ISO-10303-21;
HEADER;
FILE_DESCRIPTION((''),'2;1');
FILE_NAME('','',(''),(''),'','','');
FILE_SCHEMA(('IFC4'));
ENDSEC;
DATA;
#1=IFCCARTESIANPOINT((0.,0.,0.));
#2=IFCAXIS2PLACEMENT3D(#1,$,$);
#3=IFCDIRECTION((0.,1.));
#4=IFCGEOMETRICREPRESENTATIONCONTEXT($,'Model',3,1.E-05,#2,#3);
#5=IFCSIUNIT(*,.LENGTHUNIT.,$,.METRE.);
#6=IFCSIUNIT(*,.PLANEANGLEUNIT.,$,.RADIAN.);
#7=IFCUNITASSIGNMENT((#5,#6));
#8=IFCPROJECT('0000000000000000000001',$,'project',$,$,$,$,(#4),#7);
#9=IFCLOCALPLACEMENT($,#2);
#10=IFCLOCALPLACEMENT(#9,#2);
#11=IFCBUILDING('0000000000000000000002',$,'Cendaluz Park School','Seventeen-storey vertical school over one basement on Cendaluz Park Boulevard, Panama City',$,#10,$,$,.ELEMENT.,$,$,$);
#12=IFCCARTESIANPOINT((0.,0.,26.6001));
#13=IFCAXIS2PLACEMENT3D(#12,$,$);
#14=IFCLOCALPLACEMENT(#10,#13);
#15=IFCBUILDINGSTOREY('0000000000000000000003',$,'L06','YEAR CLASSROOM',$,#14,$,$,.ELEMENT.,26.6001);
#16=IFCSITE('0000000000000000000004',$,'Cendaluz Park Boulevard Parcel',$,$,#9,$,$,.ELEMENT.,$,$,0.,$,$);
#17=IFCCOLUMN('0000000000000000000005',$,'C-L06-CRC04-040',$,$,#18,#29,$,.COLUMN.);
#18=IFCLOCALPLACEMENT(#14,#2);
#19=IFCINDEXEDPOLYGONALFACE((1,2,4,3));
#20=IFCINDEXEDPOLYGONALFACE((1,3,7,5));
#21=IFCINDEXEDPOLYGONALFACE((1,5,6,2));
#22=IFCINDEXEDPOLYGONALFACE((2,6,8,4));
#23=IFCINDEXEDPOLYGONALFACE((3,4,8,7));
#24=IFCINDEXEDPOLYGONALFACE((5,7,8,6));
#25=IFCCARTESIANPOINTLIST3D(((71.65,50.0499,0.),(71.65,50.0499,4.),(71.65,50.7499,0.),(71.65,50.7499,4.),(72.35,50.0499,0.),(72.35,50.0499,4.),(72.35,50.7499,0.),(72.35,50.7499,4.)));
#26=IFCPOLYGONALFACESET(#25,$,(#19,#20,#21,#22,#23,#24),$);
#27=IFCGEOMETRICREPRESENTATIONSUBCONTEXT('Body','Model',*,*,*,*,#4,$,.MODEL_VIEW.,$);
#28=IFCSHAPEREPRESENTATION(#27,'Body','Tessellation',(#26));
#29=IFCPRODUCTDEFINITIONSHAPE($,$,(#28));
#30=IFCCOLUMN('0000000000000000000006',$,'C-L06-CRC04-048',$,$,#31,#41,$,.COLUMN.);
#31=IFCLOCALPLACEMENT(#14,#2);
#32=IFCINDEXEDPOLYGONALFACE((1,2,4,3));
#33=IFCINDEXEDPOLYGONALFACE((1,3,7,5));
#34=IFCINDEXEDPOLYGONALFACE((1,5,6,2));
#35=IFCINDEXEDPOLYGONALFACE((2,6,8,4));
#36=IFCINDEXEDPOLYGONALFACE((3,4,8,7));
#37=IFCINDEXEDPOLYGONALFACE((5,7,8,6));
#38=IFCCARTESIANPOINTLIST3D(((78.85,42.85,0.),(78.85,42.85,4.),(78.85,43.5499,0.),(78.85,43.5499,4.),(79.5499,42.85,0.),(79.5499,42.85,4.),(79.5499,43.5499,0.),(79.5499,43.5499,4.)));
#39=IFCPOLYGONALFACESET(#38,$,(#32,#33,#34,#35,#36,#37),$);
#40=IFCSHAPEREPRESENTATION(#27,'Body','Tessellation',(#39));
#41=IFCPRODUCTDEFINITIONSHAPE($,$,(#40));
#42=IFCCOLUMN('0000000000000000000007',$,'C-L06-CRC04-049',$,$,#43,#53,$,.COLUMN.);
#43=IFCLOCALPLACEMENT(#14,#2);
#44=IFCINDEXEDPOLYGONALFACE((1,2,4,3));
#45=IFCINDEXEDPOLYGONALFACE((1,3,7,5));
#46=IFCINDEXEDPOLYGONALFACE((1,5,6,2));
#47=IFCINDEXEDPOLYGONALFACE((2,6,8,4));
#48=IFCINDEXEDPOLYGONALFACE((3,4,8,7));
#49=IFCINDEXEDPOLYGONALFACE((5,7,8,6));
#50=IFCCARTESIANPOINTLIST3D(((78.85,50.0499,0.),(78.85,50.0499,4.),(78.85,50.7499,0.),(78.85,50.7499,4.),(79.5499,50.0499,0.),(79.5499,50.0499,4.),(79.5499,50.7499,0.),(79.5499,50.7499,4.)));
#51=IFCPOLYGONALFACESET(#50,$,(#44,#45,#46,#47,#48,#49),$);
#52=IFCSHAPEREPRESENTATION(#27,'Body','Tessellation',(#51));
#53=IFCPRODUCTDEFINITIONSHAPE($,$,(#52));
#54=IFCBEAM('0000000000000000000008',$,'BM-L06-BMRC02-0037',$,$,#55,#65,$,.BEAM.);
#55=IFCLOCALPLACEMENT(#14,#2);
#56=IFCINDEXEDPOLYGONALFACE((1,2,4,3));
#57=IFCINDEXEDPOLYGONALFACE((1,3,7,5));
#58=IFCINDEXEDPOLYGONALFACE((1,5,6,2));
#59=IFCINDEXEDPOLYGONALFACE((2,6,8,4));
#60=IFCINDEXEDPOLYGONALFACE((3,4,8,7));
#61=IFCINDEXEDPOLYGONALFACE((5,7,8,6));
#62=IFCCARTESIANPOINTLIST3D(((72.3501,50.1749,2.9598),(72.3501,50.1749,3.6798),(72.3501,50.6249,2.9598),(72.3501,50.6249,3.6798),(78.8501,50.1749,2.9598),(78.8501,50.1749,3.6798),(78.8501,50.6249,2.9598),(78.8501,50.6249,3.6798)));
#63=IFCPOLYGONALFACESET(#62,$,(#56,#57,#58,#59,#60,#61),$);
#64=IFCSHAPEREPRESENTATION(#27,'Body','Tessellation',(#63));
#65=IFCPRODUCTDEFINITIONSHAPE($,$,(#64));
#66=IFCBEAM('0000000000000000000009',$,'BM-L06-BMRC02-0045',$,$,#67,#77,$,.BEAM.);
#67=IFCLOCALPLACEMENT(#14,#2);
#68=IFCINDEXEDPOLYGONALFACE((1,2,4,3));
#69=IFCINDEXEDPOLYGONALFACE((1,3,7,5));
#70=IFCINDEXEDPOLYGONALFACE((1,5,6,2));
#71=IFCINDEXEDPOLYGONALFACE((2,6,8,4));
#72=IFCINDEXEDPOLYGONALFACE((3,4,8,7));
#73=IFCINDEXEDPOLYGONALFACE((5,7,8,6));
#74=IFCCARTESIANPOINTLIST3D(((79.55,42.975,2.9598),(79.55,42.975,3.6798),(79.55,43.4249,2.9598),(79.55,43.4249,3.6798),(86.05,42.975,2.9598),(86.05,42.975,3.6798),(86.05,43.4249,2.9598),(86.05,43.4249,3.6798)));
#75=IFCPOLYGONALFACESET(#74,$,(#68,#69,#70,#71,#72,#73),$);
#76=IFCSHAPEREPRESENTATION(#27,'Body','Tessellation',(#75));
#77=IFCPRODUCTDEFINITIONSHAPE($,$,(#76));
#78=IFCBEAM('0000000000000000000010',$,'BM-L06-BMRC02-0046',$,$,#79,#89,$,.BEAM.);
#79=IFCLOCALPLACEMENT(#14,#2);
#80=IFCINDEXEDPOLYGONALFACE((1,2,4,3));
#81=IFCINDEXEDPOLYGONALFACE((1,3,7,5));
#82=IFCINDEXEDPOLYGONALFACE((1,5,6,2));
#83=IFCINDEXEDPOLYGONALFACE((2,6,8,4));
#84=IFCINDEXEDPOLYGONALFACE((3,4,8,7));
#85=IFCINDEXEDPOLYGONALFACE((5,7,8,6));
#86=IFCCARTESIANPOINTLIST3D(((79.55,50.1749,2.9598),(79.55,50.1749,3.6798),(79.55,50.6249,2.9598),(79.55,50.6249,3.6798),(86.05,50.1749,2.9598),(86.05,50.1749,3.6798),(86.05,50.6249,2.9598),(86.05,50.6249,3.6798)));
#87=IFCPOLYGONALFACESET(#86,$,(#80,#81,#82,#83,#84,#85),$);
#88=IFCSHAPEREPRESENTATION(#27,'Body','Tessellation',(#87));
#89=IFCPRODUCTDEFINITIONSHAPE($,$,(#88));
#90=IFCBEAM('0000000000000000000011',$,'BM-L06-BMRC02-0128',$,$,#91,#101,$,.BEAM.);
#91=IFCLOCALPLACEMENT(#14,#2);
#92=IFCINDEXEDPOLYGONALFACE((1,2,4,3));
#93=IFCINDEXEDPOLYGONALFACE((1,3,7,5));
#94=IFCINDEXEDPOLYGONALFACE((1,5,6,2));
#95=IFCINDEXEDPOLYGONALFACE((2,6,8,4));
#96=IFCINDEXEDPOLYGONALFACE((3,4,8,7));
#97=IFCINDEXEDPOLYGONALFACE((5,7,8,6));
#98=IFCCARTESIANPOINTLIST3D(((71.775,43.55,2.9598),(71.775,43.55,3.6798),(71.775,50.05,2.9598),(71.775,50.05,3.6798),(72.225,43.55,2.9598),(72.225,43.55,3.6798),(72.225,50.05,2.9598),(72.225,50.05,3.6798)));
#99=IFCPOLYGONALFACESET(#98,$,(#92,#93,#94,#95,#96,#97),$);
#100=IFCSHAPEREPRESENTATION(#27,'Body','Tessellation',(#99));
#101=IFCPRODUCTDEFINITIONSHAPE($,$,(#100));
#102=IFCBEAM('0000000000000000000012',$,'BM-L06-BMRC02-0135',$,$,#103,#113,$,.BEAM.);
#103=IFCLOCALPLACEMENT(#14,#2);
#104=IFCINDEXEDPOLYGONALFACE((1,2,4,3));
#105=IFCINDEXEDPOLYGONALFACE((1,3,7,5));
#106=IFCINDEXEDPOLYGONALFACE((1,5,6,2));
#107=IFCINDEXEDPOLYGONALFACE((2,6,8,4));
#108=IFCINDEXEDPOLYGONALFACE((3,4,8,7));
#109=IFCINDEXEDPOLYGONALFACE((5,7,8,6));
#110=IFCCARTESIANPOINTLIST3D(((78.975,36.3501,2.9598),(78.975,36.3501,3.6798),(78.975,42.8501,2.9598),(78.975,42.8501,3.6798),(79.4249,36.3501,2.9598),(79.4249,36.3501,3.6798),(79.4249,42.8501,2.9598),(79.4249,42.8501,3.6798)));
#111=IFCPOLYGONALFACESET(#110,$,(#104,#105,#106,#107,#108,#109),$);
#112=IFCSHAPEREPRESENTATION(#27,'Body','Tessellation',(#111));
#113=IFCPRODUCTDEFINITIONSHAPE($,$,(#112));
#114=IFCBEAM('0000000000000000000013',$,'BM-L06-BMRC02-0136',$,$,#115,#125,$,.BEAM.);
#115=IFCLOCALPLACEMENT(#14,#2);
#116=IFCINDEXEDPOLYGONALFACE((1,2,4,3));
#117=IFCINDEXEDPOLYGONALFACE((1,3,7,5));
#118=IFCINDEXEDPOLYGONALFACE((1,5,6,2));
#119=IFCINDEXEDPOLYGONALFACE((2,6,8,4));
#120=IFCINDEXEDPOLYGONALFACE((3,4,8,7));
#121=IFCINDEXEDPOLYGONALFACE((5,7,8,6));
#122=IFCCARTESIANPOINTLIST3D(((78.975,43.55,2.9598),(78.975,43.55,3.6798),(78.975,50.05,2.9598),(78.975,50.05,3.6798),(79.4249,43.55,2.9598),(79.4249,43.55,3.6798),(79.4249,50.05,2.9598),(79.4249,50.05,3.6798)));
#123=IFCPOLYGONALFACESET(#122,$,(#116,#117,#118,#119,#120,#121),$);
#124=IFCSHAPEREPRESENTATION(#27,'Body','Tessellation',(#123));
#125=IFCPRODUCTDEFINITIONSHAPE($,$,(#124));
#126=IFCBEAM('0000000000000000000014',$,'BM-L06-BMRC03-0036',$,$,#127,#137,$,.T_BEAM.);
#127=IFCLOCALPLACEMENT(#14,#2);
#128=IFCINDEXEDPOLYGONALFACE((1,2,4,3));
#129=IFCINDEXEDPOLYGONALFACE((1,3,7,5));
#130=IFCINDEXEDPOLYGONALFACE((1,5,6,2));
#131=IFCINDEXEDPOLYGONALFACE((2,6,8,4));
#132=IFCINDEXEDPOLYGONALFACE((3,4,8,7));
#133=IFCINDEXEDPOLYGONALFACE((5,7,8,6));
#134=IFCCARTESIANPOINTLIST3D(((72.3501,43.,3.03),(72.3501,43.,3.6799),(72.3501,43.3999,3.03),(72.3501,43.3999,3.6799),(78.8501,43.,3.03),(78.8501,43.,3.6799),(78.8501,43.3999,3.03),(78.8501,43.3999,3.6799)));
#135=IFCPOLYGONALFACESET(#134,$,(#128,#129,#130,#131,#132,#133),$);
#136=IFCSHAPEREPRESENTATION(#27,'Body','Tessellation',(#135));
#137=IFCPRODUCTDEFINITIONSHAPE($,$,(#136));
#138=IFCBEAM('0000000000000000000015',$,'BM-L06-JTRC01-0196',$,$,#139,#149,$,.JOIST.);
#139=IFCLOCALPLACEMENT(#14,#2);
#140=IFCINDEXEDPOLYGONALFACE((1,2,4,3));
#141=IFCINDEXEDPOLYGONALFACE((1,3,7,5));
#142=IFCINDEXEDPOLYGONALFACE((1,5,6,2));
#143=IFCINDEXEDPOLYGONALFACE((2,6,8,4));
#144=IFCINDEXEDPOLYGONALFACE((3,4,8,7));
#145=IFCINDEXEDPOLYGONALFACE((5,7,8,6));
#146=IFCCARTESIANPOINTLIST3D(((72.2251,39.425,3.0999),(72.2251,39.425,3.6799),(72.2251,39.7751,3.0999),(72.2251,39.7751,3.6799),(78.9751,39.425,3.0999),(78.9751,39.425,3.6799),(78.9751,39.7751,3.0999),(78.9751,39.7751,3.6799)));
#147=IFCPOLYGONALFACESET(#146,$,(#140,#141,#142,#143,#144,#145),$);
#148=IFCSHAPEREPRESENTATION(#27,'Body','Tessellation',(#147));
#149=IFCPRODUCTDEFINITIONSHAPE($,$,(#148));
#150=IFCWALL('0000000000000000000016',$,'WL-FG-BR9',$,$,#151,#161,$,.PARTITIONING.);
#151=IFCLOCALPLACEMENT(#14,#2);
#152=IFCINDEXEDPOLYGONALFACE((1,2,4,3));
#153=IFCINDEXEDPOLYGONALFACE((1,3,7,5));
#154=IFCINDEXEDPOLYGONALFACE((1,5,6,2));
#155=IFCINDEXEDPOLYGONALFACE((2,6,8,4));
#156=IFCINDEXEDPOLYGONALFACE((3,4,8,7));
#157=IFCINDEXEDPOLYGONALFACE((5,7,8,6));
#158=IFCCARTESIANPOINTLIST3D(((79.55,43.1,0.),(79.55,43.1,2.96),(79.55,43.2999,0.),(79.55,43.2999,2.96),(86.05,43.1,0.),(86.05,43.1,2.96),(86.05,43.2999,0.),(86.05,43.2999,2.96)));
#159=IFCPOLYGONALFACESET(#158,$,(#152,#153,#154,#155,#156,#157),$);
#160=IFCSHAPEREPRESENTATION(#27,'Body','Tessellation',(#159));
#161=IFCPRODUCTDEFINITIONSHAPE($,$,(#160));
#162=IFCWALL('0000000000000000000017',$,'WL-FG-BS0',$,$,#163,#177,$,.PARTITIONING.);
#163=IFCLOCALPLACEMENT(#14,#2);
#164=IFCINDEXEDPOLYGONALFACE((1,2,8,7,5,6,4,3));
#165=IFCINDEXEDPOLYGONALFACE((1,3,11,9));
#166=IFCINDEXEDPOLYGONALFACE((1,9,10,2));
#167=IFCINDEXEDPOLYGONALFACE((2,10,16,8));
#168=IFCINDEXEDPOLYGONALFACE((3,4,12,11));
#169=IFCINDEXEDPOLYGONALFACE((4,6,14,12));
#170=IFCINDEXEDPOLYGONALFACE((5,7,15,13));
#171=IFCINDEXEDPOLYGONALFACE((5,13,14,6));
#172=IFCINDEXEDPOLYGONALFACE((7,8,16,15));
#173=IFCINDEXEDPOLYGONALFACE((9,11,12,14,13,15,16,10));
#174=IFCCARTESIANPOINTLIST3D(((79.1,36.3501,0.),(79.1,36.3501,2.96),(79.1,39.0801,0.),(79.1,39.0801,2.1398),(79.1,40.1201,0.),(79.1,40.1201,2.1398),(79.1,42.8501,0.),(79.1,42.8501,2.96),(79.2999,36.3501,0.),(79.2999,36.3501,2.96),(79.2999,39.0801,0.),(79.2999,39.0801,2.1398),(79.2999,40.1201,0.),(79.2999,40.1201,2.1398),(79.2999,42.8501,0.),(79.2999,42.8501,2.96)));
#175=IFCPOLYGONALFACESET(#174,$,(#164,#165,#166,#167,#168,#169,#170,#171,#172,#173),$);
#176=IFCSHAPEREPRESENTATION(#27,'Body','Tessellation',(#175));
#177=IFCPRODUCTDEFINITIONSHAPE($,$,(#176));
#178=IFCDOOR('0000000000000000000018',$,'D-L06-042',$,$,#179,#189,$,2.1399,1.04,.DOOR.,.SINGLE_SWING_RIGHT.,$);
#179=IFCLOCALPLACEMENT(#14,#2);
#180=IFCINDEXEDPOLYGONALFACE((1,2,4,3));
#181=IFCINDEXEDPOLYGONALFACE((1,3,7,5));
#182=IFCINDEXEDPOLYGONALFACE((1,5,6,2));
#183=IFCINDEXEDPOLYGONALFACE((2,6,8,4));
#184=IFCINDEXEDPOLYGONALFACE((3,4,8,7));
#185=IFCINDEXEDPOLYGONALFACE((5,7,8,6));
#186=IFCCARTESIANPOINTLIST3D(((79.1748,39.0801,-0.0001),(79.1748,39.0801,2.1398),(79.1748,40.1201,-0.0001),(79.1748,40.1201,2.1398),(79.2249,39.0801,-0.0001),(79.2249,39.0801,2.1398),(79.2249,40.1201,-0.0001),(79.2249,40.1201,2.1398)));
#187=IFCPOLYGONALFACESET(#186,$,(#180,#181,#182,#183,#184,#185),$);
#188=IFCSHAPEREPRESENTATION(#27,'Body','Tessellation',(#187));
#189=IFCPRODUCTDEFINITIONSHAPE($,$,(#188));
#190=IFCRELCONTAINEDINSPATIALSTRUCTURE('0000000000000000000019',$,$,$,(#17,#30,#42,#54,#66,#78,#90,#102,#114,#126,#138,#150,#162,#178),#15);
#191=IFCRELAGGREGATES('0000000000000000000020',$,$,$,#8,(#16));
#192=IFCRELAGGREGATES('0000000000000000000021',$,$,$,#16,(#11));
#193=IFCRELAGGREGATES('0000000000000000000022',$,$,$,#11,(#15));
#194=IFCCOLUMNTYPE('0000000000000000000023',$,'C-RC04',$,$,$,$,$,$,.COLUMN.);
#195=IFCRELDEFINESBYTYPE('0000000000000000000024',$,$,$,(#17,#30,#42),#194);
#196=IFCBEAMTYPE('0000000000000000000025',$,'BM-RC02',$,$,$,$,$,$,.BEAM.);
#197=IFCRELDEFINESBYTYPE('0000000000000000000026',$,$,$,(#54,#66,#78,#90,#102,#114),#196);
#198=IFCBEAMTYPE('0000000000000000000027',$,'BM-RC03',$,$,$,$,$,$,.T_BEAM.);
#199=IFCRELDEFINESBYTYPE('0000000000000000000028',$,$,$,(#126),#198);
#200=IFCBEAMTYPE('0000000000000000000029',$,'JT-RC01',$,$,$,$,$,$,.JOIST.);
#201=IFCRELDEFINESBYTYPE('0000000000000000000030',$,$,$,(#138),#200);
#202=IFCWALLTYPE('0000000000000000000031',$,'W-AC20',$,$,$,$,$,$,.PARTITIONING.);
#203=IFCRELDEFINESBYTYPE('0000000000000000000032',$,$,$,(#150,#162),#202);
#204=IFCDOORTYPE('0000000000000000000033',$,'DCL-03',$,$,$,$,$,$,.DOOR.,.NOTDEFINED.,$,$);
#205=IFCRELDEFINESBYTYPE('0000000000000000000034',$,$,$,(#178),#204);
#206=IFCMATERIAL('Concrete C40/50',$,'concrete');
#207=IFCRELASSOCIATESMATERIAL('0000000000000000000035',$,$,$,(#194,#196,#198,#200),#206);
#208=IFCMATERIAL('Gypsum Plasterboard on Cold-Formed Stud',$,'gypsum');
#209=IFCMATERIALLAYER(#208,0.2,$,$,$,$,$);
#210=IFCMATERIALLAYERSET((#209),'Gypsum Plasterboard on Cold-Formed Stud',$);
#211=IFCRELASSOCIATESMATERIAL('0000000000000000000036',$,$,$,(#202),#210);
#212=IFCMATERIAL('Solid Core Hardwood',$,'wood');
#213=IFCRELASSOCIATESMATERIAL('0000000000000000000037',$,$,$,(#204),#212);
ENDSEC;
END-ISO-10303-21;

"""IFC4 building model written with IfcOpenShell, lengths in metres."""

from ifc_helpers import new_model, si_unit, direction, frame, frame_2d, origin, origin_2d, place, context, subcontext, project, spatial, rectangle, extrude, material, layer, layer_set, material_profile, profile_set, type_object, element, fill, save


model = new_model("IFC4")

# Units and contexts
model_context = context("Model", 3, precision=1e-05, world=origin(), true_north=direction((0.0, 1.0)))
body_context = subcontext(model_context, "Body", "Model", "MODEL_VIEW")
ifc_project = project(units=[si_unit("LENGTHUNIT", "METRE"), si_unit("PLANEANGLEUNIT", "RADIAN")], contexts=[model_context])

# Site, building, storey
site_placement = place(None, origin())
site = spatial("IfcSite", under=ifc_project, at=site_placement, Name="Cendaluz Park Boulevard Parcel", CompositionType="ELEMENT", RefElevation=0.0)
building_placement = place(site_placement, origin())
building = spatial("IfcBuilding", under=site, at=building_placement, Name="Cendaluz Park School", Description="Seventeen-storey vertical school over one basement on Cendaluz Park Boulevard, Panama City", CompositionType="ELEMENT")
storey_placement = place(building_placement, frame((0.0, 0.0, 26.6001)))
storey = spatial("IfcBuildingStorey", under=building, at=storey_placement, Name="L06", Description="YEAR CLASSROOM", CompositionType="ELEMENT", Elevation=26.6001)

# Columns
ifc_material_1 = material(Name="Concrete C40/50", Category="concrete")
ifc_material_profile_1 = material_profile(ifc_material_1, rectangle(XDim=0.7, YDim=0.7, at=origin_2d()), Name="RC 700x700", Category="concrete")
ifc_profile_set_1 = profile_set([ifc_material_profile_1], Name="Concrete C40/50")
column_type = type_object("IfcColumnType", Name="C-RC04", PredefinedType="COLUMN", material=ifc_profile_set_1)
for number, where, z_axis, x_axis, name in (
    (1, (72.0, 50.3999, 0.0), (0.0, 0.0, 1.0), (1.0, 0.0, 0.0), "C-L06-CRC04-040"),
    (2, (79.2, 43.2, 0.0), (0.0, 0.0, 1.0), (1.0, 0.0, 0.0), "C-L06-CRC04-048"),
    (3, (79.2, 50.3999, 0.0), (0.0, 0.0, 1.0), (1.0, 0.0, 0.0), "C-L06-CRC04-049"),
):
    element("IfcColumn", number, at=place(storey_placement, frame(where, z_axis=z_axis, x_axis=x_axis)), inside=storey, type_object=column_type, Name=name, PredefinedType="COLUMN", context=body_context, shape_type="SweptSolid", body=[
        extrude(rectangle(XDim=0.7, YDim=0.7, at=origin_2d()), origin(), (0.0, 0.0, 1.0), 4.0),
    ])

# Beams
ifc_material_profile_2 = material_profile(ifc_material_1, rectangle(XDim=0.45, YDim=0.72, at=origin_2d()), Name="RC 450x720", Category="concrete")
ifc_profile_set_2 = profile_set([ifc_material_profile_2], Name="Concrete C40/50")
beam_type_1 = type_object("IfcBeamType", Name="BM-RC02", PredefinedType="BEAM", material=ifc_profile_set_2)
for number, where, z_axis, x_axis, name in (
    (4, (72.3501, 50.3999, 3.3198), (1.0, 0.0, 0.0), (0.0, 1.0, 0.0), "BM-L06-BMRC02-0037"),
    (5, (79.55, 43.2, 3.3198), (1.0, 0.0, 0.0), (0.0, 1.0, 0.0), "BM-L06-BMRC02-0045"),
    (6, (79.55, 50.3999, 3.3198), (1.0, 0.0, 0.0), (0.0, 1.0, 0.0), "BM-L06-BMRC02-0046"),
    (7, (72.0, 43.55, 3.3198), (0.0, 1.0, 0.0), (-1.0, 0.0, 0.0), "BM-L06-BMRC02-0128"),
    (8, (79.2, 36.3501, 3.3198), (0.0, 1.0, 0.0), (-1.0, 0.0, 0.0), "BM-L06-BMRC02-0135"),
    (9, (79.2, 43.55, 3.3198), (0.0, 1.0, 0.0), (-1.0, 0.0, 0.0), "BM-L06-BMRC02-0136"),
):
    element("IfcBeam", number, at=place(storey_placement, frame(where, z_axis=z_axis, x_axis=x_axis)), inside=storey, type_object=beam_type_1, Name=name, PredefinedType="BEAM", context=body_context, shape_type="SweptSolid", body=[
        extrude(rectangle(XDim=0.45, YDim=0.72, at=origin_2d()), origin(), (0.0, 0.0, 1.0), 6.5),
    ])
ifc_material_profile_3 = material_profile(ifc_material_1, rectangle(XDim=0.3999, YDim=0.6499, at=origin_2d()), Name="RC 400x650", Category="concrete")
ifc_profile_set_3 = profile_set([ifc_material_profile_3], Name="Concrete C40/50")
beam_type_2 = type_object("IfcBeamType", Name="BM-RC03", PredefinedType="T_BEAM", material=ifc_profile_set_3)
beam_1_placement = place(storey_placement, frame((72.3501, 43.2, 3.355), z_axis=(1.0, 0.0, 0.0), x_axis=(0.0, 1.0, 0.0)))
element("IfcBeam", 10, at=beam_1_placement, inside=storey, type_object=beam_type_2, Name="BM-L06-BMRC03-0036", PredefinedType="T_BEAM", context=body_context, shape_type="SweptSolid", body=[
    extrude(rectangle(XDim=0.3999, YDim=0.6499, at=origin_2d()), origin(), (0.0, 0.0, 1.0), 6.5),
])
ifc_material_profile_4 = material_profile(ifc_material_1, rectangle(XDim=0.3501, YDim=0.5801, at=origin_2d()), Name="RC 350x580", Category="concrete")
ifc_profile_set_4 = profile_set([ifc_material_profile_4], Name="Concrete C40/50")
beam_type_3 = type_object("IfcBeamType", Name="JT-RC01", PredefinedType="JOIST", material=ifc_profile_set_4)
beam_2_placement = place(storey_placement, frame((72.2251, 39.6001, 3.3899), z_axis=(1.0, 0.0, 0.0), x_axis=(0.0, 1.0, 0.0)))
element("IfcBeam", 11, at=beam_2_placement, inside=storey, type_object=beam_type_3, Name="BM-L06-JTRC01-0196", PredefinedType="JOIST", context=body_context, shape_type="SweptSolid", body=[
    extrude(rectangle(XDim=0.3501, YDim=0.5801, at=origin_2d()), origin(), (0.0, 0.0, 1.0), 6.75),
])

# Wall
ifc_material_2 = material(Name="Gypsum Plasterboard on Cold-Formed Stud", Category="gypsum")
ifc_layer_1 = layer(ifc_material_2, 0.2)
ifc_layer_set_1 = layer_set([ifc_layer_1], Name="Gypsum Plasterboard on Cold-Formed Stud")
wall_type_1 = type_object("IfcWallType", Name="W-AC20", PredefinedType="PARTITIONING", material=ifc_layer_set_1)
wall_1_placement = place(storey_placement, frame((79.55, 43.2, 0.0), z_axis=(0.0, 0.0, 1.0), x_axis=(1.0, 0.0, 0.0)))
element("IfcWall", 12, at=wall_1_placement, inside=storey, type_object=wall_type_1, Name="WL-FG-BR9", PredefinedType="PARTITIONING", context=body_context, shape_type="SweptSolid", body=[
    extrude(rectangle(XDim=6.5, YDim=0.2, at=frame_2d((3.25, 0.0))), origin(), (0.0, 0.0, 1.0), 2.96),
])

# Wall, opening, door
wall_2_placement = place(storey_placement, frame((79.2, 36.3501, 0.0), z_axis=(0.0, 0.0, 1.0), x_axis=(0.0, 1.0, 0.0)))
wall_2 = element("IfcWall", 13, at=wall_2_placement, inside=storey, type_object=wall_type_1, Name="WL-FG-BS0", PredefinedType="PARTITIONING", context=body_context, shape_type="SweptSolid", body=[
    extrude(rectangle(XDim=6.5, YDim=0.2, at=frame_2d((3.25, 0.0))), origin(), (0.0, 0.0, 1.0), 2.96),
])
opening_1_placement = place(wall_2_placement, frame((2.73, 0.0, 0.0)))
opening_1 = element("IfcOpeningElement", 14, at=opening_1_placement, cuts=wall_2, PredefinedType="OPENING", context=body_context, shape_type="SweptSolid", body=[
    extrude(rectangle(XDim=1.04, YDim=2.1399, at=frame_2d((0.52, 1.0698))), frame((0.0, 0.1121, 0.0), z_axis=(0.0, -1.0, 0.0), x_axis=(1.0, 0.0, 0.0)), (0.0, 0.0, 1.0), 0.2239),
])
ifc_material_3 = material(Name="Solid Core Hardwood", Category="wood")
door_type_1 = type_object("IfcDoorType", Name="DCL-03", OperationType="NOTDEFINED", PredefinedType="DOOR", material=ifc_material_3)
door_1_placement = place(opening_1_placement, frame((1.04, 0.0, 0.0), z_axis=(0.0, 0.0, 1.0), x_axis=(-1.0, 0.0, 0.0)))
door_1 = element("IfcDoor", 15, at=door_1_placement, inside=storey, type_object=door_type_1, Name="D-L06-042", OperationType="SINGLE_SWING_RIGHT", OverallHeight=2.1399, OverallWidth=1.04, PredefinedType="DOOR", context=body_context, shape_type="SweptSolid", body=[
    extrude(rectangle(XDim=1.04, YDim=2.1399, at=frame_2d((0.52, 1.0698))), frame((0.0, 0.0249, 0.0), z_axis=(0.0, -1.0, 0.0), x_axis=(1.0, 0.0, 0.0)), (0.0, 0.0, 1.0), 0.05),
])
fill(opening_1, door_1)

save(model, "model.ifc")
